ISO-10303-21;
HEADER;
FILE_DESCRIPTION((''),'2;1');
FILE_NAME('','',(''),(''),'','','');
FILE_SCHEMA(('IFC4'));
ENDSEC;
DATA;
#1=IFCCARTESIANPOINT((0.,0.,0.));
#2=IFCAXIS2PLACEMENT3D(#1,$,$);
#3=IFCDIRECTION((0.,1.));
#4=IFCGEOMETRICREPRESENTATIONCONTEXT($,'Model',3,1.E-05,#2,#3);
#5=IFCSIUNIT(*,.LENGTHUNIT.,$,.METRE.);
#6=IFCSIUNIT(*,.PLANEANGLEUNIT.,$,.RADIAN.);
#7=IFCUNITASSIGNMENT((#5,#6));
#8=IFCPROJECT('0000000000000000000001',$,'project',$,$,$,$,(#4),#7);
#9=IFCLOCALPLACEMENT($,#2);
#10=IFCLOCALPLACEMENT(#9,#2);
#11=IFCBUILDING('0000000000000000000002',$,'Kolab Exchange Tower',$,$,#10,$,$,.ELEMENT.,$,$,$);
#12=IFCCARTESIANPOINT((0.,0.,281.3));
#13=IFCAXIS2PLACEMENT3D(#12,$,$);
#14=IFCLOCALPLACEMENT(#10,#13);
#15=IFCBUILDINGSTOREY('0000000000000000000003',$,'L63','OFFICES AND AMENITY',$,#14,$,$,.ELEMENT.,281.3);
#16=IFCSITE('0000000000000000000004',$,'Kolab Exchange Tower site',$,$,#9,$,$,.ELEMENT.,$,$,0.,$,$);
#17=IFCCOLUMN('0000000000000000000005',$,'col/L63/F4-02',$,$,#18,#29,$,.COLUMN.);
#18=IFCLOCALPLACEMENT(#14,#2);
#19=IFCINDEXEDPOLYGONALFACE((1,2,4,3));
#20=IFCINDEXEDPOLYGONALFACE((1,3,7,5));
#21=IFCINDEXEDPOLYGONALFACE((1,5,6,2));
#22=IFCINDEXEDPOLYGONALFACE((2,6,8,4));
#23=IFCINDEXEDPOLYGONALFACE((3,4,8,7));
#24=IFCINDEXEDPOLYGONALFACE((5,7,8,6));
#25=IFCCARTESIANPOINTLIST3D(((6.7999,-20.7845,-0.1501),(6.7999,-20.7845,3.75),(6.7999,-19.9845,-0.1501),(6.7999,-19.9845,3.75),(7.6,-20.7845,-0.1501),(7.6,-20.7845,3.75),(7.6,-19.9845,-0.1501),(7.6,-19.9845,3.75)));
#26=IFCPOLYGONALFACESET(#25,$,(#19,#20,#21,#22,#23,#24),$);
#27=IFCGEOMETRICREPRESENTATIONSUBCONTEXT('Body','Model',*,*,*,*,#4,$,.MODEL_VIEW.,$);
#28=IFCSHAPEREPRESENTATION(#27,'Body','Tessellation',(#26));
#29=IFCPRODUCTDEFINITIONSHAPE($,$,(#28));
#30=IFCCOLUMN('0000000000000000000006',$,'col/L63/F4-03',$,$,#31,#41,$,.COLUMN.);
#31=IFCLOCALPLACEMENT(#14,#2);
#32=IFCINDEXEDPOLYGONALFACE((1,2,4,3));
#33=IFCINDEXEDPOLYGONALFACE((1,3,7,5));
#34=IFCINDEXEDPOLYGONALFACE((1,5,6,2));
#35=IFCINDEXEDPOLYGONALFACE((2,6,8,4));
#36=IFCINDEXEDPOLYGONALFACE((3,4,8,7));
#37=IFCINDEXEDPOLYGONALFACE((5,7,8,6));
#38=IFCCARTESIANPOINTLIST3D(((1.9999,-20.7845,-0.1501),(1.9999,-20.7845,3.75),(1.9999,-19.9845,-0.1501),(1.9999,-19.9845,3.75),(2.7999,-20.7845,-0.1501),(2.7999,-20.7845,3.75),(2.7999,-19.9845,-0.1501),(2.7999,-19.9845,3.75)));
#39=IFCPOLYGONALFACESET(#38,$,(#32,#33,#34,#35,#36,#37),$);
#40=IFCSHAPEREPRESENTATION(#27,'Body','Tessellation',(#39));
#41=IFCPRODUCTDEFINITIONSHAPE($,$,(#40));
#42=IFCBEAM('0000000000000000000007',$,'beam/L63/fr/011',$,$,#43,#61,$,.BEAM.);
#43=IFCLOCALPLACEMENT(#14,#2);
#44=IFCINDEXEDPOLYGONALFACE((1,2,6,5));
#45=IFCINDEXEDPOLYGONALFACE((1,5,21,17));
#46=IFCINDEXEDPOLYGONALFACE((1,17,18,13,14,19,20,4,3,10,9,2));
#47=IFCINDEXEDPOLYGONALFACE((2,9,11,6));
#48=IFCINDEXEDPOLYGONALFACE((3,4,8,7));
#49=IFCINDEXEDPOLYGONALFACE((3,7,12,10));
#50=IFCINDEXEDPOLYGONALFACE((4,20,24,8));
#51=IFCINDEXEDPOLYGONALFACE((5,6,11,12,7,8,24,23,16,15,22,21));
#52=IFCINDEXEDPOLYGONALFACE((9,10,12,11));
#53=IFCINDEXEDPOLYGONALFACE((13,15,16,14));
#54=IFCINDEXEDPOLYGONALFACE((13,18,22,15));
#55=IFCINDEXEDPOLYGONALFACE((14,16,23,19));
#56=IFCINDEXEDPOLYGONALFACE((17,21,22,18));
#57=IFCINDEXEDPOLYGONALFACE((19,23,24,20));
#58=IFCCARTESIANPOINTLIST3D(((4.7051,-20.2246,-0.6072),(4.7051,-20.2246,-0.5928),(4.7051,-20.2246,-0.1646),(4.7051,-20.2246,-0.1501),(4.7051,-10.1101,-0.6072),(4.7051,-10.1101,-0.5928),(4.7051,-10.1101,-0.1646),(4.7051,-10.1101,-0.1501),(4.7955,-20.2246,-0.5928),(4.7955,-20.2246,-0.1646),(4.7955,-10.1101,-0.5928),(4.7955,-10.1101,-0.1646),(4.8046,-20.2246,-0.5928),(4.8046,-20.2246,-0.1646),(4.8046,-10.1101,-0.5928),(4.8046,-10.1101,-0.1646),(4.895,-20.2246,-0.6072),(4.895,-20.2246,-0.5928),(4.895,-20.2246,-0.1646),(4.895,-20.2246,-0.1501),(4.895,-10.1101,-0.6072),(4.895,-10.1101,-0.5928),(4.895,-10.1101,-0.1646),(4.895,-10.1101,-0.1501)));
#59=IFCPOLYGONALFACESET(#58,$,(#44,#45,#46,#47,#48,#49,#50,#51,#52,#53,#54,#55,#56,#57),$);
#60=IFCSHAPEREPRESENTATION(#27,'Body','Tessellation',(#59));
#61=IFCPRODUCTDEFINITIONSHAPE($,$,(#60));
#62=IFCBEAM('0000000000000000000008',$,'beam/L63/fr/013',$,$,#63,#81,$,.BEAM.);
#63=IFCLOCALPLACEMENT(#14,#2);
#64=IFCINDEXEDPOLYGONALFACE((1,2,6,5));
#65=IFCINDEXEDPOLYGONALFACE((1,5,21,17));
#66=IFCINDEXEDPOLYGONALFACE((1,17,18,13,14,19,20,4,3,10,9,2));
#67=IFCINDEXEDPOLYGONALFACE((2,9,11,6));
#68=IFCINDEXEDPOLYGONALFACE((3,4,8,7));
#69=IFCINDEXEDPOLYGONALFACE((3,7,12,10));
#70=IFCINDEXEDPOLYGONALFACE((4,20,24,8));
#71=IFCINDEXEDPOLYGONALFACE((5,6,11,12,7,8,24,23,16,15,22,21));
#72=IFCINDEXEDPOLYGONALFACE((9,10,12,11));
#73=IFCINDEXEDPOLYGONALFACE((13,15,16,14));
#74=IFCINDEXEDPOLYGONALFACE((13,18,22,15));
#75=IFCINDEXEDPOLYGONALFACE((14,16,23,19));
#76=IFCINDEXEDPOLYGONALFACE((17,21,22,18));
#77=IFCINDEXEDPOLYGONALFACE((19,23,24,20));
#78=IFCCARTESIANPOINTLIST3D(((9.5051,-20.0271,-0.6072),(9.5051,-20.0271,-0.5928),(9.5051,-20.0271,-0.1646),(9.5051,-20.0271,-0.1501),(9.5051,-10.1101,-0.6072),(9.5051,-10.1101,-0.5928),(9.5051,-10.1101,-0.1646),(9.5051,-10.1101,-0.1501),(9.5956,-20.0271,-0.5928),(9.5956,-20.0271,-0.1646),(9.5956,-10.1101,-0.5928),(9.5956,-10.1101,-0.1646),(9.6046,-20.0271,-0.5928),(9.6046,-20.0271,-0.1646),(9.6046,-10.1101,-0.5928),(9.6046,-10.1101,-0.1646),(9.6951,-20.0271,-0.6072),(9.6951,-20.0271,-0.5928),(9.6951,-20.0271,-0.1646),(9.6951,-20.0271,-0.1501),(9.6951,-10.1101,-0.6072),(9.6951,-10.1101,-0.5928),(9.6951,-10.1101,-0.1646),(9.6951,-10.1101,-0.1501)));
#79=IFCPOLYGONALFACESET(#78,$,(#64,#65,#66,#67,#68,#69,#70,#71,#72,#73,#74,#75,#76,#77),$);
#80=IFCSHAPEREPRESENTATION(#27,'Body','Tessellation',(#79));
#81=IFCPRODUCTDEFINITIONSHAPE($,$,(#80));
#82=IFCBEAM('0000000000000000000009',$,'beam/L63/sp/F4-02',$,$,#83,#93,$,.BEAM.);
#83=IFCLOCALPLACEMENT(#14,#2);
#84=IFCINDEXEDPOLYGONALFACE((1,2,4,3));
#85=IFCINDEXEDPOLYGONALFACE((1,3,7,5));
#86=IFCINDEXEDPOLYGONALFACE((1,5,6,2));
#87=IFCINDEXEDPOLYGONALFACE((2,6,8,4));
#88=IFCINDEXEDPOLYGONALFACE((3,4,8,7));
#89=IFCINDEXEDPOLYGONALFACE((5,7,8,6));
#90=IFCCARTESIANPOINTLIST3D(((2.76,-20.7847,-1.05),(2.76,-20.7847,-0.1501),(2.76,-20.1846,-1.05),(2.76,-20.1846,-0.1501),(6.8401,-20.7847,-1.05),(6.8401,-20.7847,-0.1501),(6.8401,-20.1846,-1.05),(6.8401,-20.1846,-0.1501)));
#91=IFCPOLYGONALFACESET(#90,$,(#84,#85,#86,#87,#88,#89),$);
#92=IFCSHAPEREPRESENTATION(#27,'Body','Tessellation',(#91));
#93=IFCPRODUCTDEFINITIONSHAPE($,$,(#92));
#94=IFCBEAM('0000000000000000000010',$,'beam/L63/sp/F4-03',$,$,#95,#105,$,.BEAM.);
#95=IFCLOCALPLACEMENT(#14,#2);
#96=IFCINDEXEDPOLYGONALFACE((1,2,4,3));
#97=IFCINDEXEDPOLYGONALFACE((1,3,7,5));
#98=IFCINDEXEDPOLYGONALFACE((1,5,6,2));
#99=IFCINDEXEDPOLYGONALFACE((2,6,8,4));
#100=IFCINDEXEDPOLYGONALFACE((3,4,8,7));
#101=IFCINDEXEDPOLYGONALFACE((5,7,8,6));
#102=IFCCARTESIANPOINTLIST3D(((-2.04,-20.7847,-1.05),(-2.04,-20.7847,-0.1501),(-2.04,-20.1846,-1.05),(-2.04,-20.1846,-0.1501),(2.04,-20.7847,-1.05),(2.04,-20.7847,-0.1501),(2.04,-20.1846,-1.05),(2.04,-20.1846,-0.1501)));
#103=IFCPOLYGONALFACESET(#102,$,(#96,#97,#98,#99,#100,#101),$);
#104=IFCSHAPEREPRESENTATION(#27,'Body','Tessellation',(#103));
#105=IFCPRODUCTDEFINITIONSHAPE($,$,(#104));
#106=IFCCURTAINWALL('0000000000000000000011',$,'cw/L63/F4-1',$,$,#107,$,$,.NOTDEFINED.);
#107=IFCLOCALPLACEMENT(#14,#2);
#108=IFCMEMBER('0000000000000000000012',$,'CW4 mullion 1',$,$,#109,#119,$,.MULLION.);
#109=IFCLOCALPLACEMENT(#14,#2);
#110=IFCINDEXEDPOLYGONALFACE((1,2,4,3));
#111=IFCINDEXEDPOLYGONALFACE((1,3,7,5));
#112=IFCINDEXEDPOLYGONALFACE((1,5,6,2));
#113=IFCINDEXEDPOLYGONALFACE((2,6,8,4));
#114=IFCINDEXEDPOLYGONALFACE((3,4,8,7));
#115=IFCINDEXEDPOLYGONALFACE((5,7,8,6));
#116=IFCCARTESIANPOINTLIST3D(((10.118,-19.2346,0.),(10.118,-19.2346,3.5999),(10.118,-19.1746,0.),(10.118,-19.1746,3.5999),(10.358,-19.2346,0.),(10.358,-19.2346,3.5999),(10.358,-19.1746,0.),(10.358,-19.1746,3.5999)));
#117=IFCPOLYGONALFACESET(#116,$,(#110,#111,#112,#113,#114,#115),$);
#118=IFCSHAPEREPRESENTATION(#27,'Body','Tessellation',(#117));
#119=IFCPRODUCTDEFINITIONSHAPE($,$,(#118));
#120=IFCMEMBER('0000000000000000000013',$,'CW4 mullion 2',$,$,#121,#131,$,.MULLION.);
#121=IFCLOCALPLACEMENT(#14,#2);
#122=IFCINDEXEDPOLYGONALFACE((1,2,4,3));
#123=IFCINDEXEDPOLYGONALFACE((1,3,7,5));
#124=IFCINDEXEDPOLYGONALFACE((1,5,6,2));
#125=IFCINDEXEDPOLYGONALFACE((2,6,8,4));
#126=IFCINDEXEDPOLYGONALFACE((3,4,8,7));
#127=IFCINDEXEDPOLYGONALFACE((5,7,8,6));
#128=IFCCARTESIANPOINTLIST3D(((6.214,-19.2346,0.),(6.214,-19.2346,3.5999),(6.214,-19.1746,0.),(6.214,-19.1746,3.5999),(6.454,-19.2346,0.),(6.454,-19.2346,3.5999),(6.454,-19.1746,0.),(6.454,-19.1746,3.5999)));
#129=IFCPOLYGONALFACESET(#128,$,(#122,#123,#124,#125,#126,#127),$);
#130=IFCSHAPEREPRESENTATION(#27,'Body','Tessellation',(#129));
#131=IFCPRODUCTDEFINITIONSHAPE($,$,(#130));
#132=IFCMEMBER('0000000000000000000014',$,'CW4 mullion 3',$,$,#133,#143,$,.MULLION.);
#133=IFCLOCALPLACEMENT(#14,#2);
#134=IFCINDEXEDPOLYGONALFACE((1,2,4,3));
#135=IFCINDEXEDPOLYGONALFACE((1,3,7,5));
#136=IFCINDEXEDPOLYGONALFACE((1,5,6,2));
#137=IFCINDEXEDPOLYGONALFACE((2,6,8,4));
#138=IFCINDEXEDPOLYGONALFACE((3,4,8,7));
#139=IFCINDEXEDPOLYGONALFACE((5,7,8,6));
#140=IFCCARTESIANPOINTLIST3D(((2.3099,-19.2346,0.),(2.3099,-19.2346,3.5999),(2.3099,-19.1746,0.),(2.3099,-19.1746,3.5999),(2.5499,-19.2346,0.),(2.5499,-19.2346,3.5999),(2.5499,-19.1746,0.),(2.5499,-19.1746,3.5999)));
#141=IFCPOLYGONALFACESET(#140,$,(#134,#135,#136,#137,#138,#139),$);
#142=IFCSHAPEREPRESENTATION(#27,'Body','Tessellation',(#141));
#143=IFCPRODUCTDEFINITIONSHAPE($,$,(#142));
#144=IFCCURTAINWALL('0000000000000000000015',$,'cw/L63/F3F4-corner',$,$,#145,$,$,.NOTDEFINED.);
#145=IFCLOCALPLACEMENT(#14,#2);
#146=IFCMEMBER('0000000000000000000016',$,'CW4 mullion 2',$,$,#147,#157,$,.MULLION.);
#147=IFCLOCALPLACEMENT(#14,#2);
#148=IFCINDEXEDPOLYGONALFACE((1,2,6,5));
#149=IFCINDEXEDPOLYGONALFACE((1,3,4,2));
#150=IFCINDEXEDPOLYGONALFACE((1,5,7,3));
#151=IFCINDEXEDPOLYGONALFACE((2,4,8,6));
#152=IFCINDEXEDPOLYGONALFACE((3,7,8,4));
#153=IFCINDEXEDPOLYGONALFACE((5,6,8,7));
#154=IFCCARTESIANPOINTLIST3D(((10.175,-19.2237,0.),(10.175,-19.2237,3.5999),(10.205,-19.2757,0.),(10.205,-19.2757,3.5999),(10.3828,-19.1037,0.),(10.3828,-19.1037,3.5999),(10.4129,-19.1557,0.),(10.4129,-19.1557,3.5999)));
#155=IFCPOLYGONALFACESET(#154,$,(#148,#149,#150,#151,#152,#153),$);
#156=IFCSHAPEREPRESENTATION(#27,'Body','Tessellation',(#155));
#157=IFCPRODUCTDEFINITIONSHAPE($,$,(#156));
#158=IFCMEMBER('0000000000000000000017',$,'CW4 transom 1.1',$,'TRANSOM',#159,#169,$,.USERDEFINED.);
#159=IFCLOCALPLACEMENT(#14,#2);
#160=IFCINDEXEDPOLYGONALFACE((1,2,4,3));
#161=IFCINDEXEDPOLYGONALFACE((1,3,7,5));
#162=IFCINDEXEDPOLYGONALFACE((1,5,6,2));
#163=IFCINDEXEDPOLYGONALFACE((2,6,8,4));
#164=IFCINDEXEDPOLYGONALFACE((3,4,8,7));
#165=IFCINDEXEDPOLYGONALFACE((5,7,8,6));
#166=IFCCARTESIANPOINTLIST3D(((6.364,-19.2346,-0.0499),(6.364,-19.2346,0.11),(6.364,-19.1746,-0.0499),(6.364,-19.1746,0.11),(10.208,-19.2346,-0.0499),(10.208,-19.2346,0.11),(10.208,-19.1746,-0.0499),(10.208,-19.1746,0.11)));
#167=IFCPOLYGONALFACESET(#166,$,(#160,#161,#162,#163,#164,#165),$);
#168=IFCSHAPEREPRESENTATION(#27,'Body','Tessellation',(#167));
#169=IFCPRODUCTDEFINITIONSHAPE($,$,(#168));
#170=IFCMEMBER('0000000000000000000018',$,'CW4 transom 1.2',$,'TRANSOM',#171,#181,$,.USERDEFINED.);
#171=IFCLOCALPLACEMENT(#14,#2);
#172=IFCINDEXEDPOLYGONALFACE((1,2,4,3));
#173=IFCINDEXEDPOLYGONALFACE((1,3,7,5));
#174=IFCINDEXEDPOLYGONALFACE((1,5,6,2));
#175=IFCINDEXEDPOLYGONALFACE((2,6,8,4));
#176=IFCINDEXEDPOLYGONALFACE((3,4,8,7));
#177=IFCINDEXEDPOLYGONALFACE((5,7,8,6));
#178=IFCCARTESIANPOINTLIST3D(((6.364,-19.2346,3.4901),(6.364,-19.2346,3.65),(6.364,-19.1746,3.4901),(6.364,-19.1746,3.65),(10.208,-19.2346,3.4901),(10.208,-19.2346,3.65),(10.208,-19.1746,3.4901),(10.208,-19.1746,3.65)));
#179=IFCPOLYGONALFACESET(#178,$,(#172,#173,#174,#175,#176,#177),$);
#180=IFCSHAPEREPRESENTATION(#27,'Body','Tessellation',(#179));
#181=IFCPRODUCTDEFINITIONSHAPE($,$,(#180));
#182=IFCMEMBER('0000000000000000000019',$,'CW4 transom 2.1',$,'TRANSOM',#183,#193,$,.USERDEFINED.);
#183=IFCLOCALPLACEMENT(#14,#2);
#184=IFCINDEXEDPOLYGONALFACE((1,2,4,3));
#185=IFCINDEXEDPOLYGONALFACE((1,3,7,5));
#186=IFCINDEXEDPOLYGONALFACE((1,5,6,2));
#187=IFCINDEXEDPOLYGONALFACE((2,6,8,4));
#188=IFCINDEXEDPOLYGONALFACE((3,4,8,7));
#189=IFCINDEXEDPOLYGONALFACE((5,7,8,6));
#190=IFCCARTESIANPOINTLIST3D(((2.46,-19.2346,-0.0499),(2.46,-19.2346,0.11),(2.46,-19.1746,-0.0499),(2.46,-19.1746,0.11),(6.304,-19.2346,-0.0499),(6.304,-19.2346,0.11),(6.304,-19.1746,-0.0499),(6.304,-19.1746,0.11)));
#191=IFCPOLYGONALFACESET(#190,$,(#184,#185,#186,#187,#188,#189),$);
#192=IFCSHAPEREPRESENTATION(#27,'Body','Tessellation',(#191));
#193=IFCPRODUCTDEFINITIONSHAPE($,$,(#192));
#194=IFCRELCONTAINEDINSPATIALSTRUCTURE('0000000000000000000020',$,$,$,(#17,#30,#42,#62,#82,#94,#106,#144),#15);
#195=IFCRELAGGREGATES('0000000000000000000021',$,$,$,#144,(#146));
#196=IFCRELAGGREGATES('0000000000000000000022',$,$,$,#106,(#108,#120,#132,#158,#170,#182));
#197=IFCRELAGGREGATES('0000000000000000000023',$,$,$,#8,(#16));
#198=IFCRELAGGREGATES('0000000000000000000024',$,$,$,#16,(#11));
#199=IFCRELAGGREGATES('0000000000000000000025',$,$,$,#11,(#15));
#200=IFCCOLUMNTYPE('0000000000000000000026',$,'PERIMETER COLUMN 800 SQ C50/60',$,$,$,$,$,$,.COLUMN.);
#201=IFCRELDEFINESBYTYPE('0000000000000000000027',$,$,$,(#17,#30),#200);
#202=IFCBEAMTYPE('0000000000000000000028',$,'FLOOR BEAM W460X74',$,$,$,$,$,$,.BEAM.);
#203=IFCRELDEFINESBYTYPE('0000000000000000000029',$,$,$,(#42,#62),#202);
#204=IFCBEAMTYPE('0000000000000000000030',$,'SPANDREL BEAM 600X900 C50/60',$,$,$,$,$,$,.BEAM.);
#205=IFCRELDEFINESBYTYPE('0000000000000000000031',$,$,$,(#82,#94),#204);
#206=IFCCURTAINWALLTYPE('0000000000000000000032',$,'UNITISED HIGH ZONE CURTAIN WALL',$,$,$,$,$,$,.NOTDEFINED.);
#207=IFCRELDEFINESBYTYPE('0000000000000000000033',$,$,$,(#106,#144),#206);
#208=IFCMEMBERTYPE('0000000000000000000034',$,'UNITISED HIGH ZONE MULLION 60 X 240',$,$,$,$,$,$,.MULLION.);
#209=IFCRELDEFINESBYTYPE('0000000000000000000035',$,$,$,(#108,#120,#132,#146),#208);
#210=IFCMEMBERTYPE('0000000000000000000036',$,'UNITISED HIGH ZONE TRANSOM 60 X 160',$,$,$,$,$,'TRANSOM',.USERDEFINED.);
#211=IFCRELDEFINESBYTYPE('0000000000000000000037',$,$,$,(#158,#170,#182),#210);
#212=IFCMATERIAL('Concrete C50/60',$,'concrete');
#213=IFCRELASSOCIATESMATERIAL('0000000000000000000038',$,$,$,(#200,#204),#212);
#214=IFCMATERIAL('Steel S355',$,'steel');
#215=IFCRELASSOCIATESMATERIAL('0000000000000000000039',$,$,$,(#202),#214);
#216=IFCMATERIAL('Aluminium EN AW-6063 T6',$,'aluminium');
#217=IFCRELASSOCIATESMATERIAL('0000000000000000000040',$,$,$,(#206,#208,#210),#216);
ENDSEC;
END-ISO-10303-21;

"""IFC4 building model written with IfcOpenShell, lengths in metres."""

from ifc_helpers import new_model, si_unit, direction, frame, origin, origin_2d, place, context, subcontext, project, spatial, rectangle, i_section, extrude, material, material_profile, profile_set, type_object, element, aggregate, save


model = new_model("IFC4")

# Units and contexts
model_context = context("Model", 3, precision=1e-05, world=origin(), true_north=direction((0.0, 1.0)))
body_context = subcontext(model_context, "Body", "Model", "MODEL_VIEW")
ifc_project = project(units=[si_unit("LENGTHUNIT", "METRE"), si_unit("PLANEANGLEUNIT", "RADIAN")], contexts=[model_context])

# Site, building, storey
site_placement = place(None, origin())
site = spatial("IfcSite", under=ifc_project, at=site_placement, Name="Kolab Exchange Tower site", CompositionType="ELEMENT", RefElevation=0.0)
building_placement = place(site_placement, origin())
building = spatial("IfcBuilding", under=site, at=building_placement, Name="Kolab Exchange Tower", CompositionType="ELEMENT")
storey_placement = place(building_placement, frame((0.0, 0.0, 281.3)))
storey = spatial("IfcBuildingStorey", under=building, at=storey_placement, Name="L63", Description="OFFICES AND AMENITY", CompositionType="ELEMENT", Elevation=281.3)

# Columns
ifc_material_1 = material(Name="Concrete C50/60", Category="concrete")
ifc_material_profile_1 = material_profile(ifc_material_1, rectangle(XDim=0.8, YDim=0.8, at=origin_2d()), Name="RC800")
ifc_profile_set_1 = profile_set([ifc_material_profile_1], Name="Concrete C50/60")
column_type = type_object("IfcColumnType", Name="PERIMETER COLUMN 800 SQ C50/60", PredefinedType="COLUMN", material=ifc_profile_set_1)
for number, where, z_axis, x_axis, name in (
    (1, (7.2, -20.3845, -0.1501), (0.0, 0.0, 1.0), (1.0, 0.0, 0.0), "col/L63/F4-02"),
    (2, (2.3999, -20.3845, -0.1501), (0.0, 0.0, 1.0), (1.0, 0.0, 0.0), "col/L63/F4-03"),
):
    element("IfcColumn", number, at=place(storey_placement, frame(where, z_axis=z_axis, x_axis=x_axis)), inside=storey, type_object=column_type, Name=name, PredefinedType="COLUMN", context=body_context, shape_type="SweptSolid", body=[
        extrude(rectangle(XDim=0.8, YDim=0.8, at=origin_2d()), origin(), (0.0, 0.0, 1.0), 3.9001),
    ])

# Beams
ifc_material_2 = material(Name="Steel S355", Category="steel")
ifc_material_profile_2 = material_profile(ifc_material_2, i_section(OverallWidth=0.1899, OverallDepth=0.457, WebThickness=0.009, FlangeThickness=0.0144, at=origin_2d()), Name="W460X74")
ifc_profile_set_2 = profile_set([ifc_material_profile_2], Name="Steel S355")
beam_type_1 = type_object("IfcBeamType", Name="FLOOR BEAM W460X74", PredefinedType="BEAM", material=ifc_profile_set_2)
beam_1_placement = place(storey_placement, frame((4.8, -20.2246, -0.3787), z_axis=(0.0, 1.0, 0.0), x_axis=(-1.0, 0.0, 0.0)))
element("IfcBeam", 3, at=beam_1_placement, inside=storey, type_object=beam_type_1, Name="beam/L63/fr/011", PredefinedType="BEAM", context=body_context, shape_type="SweptSolid", body=[
    extrude(i_section(OverallWidth=0.1899, OverallDepth=0.457, WebThickness=0.009, FlangeThickness=0.0144, at=origin_2d()), origin(), (0.0, 0.0, 1.0), 10.1145),
])
beam_2_placement = place(storey_placement, frame((9.6001, -20.0271, -0.3787), z_axis=(0.0, 1.0, 0.0), x_axis=(-1.0, 0.0, 0.0)))
element("IfcBeam", 4, at=beam_2_placement, inside=storey, type_object=beam_type_1, Name="beam/L63/fr/013", PredefinedType="BEAM", context=body_context, shape_type="SweptSolid", body=[
    extrude(i_section(OverallWidth=0.1899, OverallDepth=0.457, WebThickness=0.009, FlangeThickness=0.0144, at=origin_2d()), origin(), (0.0, 0.0, 1.0), 9.917),
])
ifc_material_profile_3 = material_profile(ifc_material_1, rectangle(XDim=0.6001, YDim=0.8999, at=origin_2d()), Name="RC600X900")
ifc_profile_set_3 = profile_set([ifc_material_profile_3], Name="Concrete C50/60")
beam_type_2 = type_object("IfcBeamType", Name="SPANDREL BEAM 600X900 C50/60", PredefinedType="BEAM", material=ifc_profile_set_3)
for number, where, z_axis, x_axis, name in (
    (5, (6.8401, -20.4846, -0.6001), (-1.0, 0.0, 0.0), (0.0, -1.0, 0.0), "beam/L63/sp/F4-02"),
    (6, (2.04, -20.4846, -0.6001), (-1.0, 0.0, 0.0), (0.0, -1.0, 0.0), "beam/L63/sp/F4-03"),
):
    element("IfcBeam", number, at=place(storey_placement, frame(where, z_axis=z_axis, x_axis=x_axis)), inside=storey, type_object=beam_type_2, Name=name, PredefinedType="BEAM", context=body_context, shape_type="SweptSolid", body=[
        extrude(rectangle(XDim=0.6001, YDim=0.8999, at=origin_2d()), origin(), (0.0, 0.0, 1.0), 4.0801),
    ])

# Curtain wall, members
ifc_material_3 = material(Name="Aluminium EN AW-6063 T6", Category="aluminium")
curtain_wall_type = type_object("IfcCurtainWallType", Name="UNITISED HIGH ZONE CURTAIN WALL", PredefinedType="NOTDEFINED", material=ifc_material_3)
curtain_wall_1_placement = place(storey_placement, origin())
curtain_wall_1 = element("IfcCurtainWall", 7, at=curtain_wall_1_placement, inside=storey, type_object=curtain_wall_type, Name="cw/L63/F4-1", PredefinedType="NOTDEFINED")
ifc_material_profile_4 = material_profile(ifc_material_3, rectangle(XDim=0.0601, YDim=0.24, at=origin_2d()), Name="RECT 60X240")
ifc_profile_set_4 = profile_set([ifc_material_profile_4], Name="Aluminium EN AW-6063 T6")
member_type_1 = type_object("IfcMemberType", Name="UNITISED HIGH ZONE MULLION 60 X 240", PredefinedType="MULLION", material=ifc_profile_set_4)
member_1_placement = place(storey_placement, frame((10.238, -19.2046, 0.0), z_axis=(0.0, 0.0, 1.0), x_axis=(0.0, -1.0, 0.0)))
member_1 = element("IfcMember", 8, at=member_1_placement, type_object=member_type_1, Name="CW4 mullion 1", PredefinedType="MULLION", context=body_context, shape_type="SweptSolid", body=[
    extrude(rectangle(XDim=0.0601, YDim=0.24, at=origin_2d()), origin(), (0.0, 0.0, 1.0), 3.5999),
])
member_2_placement = place(storey_placement, frame((6.334, -19.2046, 0.0), z_axis=(0.0, 0.0, 1.0), x_axis=(0.0, -1.0, 0.0)))
member_2 = element("IfcMember", 9, at=member_2_placement, type_object=member_type_1, Name="CW4 mullion 2", PredefinedType="MULLION", context=body_context, shape_type="SweptSolid", body=[
    extrude(rectangle(XDim=0.0601, YDim=0.24, at=origin_2d()), origin(), (0.0, 0.0, 1.0), 3.5999),
])
member_3_placement = place(storey_placement, frame((2.4299, -19.2046, 0.0), z_axis=(0.0, 0.0, 1.0), x_axis=(0.0, -1.0, 0.0)))
member_3 = element("IfcMember", 10, at=member_3_placement, type_object=member_type_1, Name="CW4 mullion 3", PredefinedType="MULLION", context=body_context, shape_type="SweptSolid", body=[
    extrude(rectangle(XDim=0.0601, YDim=0.24, at=origin_2d()), origin(), (0.0, 0.0, 1.0), 3.5999),
])

# Curtain wall, member
curtain_wall_2_placement = place(storey_placement, origin())
curtain_wall_2 = element("IfcCurtainWall", 11, at=curtain_wall_2_placement, inside=storey, type_object=curtain_wall_type, Name="cw/L63/F3F4-corner", PredefinedType="NOTDEFINED")
member_4_placement = place(storey_placement, frame((10.2939, -19.1897, 0.0), z_axis=(0.0, 0.0, 1.0), x_axis=(0.5, -0.866025, 0.0)))
member_4 = element("IfcMember", 12, at=member_4_placement, type_object=member_type_1, Name="CW4 mullion 2", PredefinedType="MULLION", context=body_context, shape_type="SweptSolid", body=[
    extrude(rectangle(XDim=0.0601, YDim=0.24, at=origin_2d()), origin(), (0.0, 0.0, 1.0), 3.5999),
])
aggregate(curtain_wall_2, [member_4])

# Members
ifc_material_profile_5 = material_profile(ifc_material_3, rectangle(XDim=0.0601, YDim=0.1599, at=origin_2d()), Name="RECT 60X160")
ifc_profile_set_5 = profile_set([ifc_material_profile_5], Name="Aluminium EN AW-6063 T6")
member_type_2 = type_object("IfcMemberType", Name="UNITISED HIGH ZONE TRANSOM 60 X 160", ElementType="TRANSOM", PredefinedType="USERDEFINED", material=ifc_profile_set_5)
member_5_placement = place(storey_placement, frame((10.208, -19.2046, 0.03), z_axis=(-1.0, 0.0, 0.0), x_axis=(0.0, -1.0, 0.0)))
member_5 = element("IfcMember", 13, at=member_5_placement, type_object=member_type_2, Name="CW4 transom 1.1", ObjectType="TRANSOM", PredefinedType="USERDEFINED", context=body_context, shape_type="SweptSolid", body=[
    extrude(rectangle(XDim=0.0601, YDim=0.1599, at=origin_2d()), origin(), (0.0, 0.0, 1.0), 3.844),
])
member_6_placement = place(storey_placement, frame((10.208, -19.2046, 3.5701), z_axis=(-1.0, 0.0, 0.0), x_axis=(0.0, -1.0, 0.0)))
member_6 = element("IfcMember", 14, at=member_6_placement, type_object=member_type_2, Name="CW4 transom 1.2", ObjectType="TRANSOM", PredefinedType="USERDEFINED", context=body_context, shape_type="SweptSolid", body=[
    extrude(rectangle(XDim=0.0601, YDim=0.1599, at=origin_2d()), origin(), (0.0, 0.0, 1.0), 3.844),
])
member_7_placement = place(storey_placement, frame((6.304, -19.2046, 0.03), z_axis=(-1.0, 0.0, 0.0), x_axis=(0.0, -1.0, 0.0)))
member_7 = element("IfcMember", 15, at=member_7_placement, type_object=member_type_2, Name="CW4 transom 2.1", ObjectType="TRANSOM", PredefinedType="USERDEFINED", context=body_context, shape_type="SweptSolid", body=[
    extrude(rectangle(XDim=0.0601, YDim=0.1599, at=origin_2d()), origin(), (0.0, 0.0, 1.0), 3.844),
])

aggregate(curtain_wall_1, [member_1, member_2, member_3, member_5, member_6, member_7])

save(model, "model.ifc")
